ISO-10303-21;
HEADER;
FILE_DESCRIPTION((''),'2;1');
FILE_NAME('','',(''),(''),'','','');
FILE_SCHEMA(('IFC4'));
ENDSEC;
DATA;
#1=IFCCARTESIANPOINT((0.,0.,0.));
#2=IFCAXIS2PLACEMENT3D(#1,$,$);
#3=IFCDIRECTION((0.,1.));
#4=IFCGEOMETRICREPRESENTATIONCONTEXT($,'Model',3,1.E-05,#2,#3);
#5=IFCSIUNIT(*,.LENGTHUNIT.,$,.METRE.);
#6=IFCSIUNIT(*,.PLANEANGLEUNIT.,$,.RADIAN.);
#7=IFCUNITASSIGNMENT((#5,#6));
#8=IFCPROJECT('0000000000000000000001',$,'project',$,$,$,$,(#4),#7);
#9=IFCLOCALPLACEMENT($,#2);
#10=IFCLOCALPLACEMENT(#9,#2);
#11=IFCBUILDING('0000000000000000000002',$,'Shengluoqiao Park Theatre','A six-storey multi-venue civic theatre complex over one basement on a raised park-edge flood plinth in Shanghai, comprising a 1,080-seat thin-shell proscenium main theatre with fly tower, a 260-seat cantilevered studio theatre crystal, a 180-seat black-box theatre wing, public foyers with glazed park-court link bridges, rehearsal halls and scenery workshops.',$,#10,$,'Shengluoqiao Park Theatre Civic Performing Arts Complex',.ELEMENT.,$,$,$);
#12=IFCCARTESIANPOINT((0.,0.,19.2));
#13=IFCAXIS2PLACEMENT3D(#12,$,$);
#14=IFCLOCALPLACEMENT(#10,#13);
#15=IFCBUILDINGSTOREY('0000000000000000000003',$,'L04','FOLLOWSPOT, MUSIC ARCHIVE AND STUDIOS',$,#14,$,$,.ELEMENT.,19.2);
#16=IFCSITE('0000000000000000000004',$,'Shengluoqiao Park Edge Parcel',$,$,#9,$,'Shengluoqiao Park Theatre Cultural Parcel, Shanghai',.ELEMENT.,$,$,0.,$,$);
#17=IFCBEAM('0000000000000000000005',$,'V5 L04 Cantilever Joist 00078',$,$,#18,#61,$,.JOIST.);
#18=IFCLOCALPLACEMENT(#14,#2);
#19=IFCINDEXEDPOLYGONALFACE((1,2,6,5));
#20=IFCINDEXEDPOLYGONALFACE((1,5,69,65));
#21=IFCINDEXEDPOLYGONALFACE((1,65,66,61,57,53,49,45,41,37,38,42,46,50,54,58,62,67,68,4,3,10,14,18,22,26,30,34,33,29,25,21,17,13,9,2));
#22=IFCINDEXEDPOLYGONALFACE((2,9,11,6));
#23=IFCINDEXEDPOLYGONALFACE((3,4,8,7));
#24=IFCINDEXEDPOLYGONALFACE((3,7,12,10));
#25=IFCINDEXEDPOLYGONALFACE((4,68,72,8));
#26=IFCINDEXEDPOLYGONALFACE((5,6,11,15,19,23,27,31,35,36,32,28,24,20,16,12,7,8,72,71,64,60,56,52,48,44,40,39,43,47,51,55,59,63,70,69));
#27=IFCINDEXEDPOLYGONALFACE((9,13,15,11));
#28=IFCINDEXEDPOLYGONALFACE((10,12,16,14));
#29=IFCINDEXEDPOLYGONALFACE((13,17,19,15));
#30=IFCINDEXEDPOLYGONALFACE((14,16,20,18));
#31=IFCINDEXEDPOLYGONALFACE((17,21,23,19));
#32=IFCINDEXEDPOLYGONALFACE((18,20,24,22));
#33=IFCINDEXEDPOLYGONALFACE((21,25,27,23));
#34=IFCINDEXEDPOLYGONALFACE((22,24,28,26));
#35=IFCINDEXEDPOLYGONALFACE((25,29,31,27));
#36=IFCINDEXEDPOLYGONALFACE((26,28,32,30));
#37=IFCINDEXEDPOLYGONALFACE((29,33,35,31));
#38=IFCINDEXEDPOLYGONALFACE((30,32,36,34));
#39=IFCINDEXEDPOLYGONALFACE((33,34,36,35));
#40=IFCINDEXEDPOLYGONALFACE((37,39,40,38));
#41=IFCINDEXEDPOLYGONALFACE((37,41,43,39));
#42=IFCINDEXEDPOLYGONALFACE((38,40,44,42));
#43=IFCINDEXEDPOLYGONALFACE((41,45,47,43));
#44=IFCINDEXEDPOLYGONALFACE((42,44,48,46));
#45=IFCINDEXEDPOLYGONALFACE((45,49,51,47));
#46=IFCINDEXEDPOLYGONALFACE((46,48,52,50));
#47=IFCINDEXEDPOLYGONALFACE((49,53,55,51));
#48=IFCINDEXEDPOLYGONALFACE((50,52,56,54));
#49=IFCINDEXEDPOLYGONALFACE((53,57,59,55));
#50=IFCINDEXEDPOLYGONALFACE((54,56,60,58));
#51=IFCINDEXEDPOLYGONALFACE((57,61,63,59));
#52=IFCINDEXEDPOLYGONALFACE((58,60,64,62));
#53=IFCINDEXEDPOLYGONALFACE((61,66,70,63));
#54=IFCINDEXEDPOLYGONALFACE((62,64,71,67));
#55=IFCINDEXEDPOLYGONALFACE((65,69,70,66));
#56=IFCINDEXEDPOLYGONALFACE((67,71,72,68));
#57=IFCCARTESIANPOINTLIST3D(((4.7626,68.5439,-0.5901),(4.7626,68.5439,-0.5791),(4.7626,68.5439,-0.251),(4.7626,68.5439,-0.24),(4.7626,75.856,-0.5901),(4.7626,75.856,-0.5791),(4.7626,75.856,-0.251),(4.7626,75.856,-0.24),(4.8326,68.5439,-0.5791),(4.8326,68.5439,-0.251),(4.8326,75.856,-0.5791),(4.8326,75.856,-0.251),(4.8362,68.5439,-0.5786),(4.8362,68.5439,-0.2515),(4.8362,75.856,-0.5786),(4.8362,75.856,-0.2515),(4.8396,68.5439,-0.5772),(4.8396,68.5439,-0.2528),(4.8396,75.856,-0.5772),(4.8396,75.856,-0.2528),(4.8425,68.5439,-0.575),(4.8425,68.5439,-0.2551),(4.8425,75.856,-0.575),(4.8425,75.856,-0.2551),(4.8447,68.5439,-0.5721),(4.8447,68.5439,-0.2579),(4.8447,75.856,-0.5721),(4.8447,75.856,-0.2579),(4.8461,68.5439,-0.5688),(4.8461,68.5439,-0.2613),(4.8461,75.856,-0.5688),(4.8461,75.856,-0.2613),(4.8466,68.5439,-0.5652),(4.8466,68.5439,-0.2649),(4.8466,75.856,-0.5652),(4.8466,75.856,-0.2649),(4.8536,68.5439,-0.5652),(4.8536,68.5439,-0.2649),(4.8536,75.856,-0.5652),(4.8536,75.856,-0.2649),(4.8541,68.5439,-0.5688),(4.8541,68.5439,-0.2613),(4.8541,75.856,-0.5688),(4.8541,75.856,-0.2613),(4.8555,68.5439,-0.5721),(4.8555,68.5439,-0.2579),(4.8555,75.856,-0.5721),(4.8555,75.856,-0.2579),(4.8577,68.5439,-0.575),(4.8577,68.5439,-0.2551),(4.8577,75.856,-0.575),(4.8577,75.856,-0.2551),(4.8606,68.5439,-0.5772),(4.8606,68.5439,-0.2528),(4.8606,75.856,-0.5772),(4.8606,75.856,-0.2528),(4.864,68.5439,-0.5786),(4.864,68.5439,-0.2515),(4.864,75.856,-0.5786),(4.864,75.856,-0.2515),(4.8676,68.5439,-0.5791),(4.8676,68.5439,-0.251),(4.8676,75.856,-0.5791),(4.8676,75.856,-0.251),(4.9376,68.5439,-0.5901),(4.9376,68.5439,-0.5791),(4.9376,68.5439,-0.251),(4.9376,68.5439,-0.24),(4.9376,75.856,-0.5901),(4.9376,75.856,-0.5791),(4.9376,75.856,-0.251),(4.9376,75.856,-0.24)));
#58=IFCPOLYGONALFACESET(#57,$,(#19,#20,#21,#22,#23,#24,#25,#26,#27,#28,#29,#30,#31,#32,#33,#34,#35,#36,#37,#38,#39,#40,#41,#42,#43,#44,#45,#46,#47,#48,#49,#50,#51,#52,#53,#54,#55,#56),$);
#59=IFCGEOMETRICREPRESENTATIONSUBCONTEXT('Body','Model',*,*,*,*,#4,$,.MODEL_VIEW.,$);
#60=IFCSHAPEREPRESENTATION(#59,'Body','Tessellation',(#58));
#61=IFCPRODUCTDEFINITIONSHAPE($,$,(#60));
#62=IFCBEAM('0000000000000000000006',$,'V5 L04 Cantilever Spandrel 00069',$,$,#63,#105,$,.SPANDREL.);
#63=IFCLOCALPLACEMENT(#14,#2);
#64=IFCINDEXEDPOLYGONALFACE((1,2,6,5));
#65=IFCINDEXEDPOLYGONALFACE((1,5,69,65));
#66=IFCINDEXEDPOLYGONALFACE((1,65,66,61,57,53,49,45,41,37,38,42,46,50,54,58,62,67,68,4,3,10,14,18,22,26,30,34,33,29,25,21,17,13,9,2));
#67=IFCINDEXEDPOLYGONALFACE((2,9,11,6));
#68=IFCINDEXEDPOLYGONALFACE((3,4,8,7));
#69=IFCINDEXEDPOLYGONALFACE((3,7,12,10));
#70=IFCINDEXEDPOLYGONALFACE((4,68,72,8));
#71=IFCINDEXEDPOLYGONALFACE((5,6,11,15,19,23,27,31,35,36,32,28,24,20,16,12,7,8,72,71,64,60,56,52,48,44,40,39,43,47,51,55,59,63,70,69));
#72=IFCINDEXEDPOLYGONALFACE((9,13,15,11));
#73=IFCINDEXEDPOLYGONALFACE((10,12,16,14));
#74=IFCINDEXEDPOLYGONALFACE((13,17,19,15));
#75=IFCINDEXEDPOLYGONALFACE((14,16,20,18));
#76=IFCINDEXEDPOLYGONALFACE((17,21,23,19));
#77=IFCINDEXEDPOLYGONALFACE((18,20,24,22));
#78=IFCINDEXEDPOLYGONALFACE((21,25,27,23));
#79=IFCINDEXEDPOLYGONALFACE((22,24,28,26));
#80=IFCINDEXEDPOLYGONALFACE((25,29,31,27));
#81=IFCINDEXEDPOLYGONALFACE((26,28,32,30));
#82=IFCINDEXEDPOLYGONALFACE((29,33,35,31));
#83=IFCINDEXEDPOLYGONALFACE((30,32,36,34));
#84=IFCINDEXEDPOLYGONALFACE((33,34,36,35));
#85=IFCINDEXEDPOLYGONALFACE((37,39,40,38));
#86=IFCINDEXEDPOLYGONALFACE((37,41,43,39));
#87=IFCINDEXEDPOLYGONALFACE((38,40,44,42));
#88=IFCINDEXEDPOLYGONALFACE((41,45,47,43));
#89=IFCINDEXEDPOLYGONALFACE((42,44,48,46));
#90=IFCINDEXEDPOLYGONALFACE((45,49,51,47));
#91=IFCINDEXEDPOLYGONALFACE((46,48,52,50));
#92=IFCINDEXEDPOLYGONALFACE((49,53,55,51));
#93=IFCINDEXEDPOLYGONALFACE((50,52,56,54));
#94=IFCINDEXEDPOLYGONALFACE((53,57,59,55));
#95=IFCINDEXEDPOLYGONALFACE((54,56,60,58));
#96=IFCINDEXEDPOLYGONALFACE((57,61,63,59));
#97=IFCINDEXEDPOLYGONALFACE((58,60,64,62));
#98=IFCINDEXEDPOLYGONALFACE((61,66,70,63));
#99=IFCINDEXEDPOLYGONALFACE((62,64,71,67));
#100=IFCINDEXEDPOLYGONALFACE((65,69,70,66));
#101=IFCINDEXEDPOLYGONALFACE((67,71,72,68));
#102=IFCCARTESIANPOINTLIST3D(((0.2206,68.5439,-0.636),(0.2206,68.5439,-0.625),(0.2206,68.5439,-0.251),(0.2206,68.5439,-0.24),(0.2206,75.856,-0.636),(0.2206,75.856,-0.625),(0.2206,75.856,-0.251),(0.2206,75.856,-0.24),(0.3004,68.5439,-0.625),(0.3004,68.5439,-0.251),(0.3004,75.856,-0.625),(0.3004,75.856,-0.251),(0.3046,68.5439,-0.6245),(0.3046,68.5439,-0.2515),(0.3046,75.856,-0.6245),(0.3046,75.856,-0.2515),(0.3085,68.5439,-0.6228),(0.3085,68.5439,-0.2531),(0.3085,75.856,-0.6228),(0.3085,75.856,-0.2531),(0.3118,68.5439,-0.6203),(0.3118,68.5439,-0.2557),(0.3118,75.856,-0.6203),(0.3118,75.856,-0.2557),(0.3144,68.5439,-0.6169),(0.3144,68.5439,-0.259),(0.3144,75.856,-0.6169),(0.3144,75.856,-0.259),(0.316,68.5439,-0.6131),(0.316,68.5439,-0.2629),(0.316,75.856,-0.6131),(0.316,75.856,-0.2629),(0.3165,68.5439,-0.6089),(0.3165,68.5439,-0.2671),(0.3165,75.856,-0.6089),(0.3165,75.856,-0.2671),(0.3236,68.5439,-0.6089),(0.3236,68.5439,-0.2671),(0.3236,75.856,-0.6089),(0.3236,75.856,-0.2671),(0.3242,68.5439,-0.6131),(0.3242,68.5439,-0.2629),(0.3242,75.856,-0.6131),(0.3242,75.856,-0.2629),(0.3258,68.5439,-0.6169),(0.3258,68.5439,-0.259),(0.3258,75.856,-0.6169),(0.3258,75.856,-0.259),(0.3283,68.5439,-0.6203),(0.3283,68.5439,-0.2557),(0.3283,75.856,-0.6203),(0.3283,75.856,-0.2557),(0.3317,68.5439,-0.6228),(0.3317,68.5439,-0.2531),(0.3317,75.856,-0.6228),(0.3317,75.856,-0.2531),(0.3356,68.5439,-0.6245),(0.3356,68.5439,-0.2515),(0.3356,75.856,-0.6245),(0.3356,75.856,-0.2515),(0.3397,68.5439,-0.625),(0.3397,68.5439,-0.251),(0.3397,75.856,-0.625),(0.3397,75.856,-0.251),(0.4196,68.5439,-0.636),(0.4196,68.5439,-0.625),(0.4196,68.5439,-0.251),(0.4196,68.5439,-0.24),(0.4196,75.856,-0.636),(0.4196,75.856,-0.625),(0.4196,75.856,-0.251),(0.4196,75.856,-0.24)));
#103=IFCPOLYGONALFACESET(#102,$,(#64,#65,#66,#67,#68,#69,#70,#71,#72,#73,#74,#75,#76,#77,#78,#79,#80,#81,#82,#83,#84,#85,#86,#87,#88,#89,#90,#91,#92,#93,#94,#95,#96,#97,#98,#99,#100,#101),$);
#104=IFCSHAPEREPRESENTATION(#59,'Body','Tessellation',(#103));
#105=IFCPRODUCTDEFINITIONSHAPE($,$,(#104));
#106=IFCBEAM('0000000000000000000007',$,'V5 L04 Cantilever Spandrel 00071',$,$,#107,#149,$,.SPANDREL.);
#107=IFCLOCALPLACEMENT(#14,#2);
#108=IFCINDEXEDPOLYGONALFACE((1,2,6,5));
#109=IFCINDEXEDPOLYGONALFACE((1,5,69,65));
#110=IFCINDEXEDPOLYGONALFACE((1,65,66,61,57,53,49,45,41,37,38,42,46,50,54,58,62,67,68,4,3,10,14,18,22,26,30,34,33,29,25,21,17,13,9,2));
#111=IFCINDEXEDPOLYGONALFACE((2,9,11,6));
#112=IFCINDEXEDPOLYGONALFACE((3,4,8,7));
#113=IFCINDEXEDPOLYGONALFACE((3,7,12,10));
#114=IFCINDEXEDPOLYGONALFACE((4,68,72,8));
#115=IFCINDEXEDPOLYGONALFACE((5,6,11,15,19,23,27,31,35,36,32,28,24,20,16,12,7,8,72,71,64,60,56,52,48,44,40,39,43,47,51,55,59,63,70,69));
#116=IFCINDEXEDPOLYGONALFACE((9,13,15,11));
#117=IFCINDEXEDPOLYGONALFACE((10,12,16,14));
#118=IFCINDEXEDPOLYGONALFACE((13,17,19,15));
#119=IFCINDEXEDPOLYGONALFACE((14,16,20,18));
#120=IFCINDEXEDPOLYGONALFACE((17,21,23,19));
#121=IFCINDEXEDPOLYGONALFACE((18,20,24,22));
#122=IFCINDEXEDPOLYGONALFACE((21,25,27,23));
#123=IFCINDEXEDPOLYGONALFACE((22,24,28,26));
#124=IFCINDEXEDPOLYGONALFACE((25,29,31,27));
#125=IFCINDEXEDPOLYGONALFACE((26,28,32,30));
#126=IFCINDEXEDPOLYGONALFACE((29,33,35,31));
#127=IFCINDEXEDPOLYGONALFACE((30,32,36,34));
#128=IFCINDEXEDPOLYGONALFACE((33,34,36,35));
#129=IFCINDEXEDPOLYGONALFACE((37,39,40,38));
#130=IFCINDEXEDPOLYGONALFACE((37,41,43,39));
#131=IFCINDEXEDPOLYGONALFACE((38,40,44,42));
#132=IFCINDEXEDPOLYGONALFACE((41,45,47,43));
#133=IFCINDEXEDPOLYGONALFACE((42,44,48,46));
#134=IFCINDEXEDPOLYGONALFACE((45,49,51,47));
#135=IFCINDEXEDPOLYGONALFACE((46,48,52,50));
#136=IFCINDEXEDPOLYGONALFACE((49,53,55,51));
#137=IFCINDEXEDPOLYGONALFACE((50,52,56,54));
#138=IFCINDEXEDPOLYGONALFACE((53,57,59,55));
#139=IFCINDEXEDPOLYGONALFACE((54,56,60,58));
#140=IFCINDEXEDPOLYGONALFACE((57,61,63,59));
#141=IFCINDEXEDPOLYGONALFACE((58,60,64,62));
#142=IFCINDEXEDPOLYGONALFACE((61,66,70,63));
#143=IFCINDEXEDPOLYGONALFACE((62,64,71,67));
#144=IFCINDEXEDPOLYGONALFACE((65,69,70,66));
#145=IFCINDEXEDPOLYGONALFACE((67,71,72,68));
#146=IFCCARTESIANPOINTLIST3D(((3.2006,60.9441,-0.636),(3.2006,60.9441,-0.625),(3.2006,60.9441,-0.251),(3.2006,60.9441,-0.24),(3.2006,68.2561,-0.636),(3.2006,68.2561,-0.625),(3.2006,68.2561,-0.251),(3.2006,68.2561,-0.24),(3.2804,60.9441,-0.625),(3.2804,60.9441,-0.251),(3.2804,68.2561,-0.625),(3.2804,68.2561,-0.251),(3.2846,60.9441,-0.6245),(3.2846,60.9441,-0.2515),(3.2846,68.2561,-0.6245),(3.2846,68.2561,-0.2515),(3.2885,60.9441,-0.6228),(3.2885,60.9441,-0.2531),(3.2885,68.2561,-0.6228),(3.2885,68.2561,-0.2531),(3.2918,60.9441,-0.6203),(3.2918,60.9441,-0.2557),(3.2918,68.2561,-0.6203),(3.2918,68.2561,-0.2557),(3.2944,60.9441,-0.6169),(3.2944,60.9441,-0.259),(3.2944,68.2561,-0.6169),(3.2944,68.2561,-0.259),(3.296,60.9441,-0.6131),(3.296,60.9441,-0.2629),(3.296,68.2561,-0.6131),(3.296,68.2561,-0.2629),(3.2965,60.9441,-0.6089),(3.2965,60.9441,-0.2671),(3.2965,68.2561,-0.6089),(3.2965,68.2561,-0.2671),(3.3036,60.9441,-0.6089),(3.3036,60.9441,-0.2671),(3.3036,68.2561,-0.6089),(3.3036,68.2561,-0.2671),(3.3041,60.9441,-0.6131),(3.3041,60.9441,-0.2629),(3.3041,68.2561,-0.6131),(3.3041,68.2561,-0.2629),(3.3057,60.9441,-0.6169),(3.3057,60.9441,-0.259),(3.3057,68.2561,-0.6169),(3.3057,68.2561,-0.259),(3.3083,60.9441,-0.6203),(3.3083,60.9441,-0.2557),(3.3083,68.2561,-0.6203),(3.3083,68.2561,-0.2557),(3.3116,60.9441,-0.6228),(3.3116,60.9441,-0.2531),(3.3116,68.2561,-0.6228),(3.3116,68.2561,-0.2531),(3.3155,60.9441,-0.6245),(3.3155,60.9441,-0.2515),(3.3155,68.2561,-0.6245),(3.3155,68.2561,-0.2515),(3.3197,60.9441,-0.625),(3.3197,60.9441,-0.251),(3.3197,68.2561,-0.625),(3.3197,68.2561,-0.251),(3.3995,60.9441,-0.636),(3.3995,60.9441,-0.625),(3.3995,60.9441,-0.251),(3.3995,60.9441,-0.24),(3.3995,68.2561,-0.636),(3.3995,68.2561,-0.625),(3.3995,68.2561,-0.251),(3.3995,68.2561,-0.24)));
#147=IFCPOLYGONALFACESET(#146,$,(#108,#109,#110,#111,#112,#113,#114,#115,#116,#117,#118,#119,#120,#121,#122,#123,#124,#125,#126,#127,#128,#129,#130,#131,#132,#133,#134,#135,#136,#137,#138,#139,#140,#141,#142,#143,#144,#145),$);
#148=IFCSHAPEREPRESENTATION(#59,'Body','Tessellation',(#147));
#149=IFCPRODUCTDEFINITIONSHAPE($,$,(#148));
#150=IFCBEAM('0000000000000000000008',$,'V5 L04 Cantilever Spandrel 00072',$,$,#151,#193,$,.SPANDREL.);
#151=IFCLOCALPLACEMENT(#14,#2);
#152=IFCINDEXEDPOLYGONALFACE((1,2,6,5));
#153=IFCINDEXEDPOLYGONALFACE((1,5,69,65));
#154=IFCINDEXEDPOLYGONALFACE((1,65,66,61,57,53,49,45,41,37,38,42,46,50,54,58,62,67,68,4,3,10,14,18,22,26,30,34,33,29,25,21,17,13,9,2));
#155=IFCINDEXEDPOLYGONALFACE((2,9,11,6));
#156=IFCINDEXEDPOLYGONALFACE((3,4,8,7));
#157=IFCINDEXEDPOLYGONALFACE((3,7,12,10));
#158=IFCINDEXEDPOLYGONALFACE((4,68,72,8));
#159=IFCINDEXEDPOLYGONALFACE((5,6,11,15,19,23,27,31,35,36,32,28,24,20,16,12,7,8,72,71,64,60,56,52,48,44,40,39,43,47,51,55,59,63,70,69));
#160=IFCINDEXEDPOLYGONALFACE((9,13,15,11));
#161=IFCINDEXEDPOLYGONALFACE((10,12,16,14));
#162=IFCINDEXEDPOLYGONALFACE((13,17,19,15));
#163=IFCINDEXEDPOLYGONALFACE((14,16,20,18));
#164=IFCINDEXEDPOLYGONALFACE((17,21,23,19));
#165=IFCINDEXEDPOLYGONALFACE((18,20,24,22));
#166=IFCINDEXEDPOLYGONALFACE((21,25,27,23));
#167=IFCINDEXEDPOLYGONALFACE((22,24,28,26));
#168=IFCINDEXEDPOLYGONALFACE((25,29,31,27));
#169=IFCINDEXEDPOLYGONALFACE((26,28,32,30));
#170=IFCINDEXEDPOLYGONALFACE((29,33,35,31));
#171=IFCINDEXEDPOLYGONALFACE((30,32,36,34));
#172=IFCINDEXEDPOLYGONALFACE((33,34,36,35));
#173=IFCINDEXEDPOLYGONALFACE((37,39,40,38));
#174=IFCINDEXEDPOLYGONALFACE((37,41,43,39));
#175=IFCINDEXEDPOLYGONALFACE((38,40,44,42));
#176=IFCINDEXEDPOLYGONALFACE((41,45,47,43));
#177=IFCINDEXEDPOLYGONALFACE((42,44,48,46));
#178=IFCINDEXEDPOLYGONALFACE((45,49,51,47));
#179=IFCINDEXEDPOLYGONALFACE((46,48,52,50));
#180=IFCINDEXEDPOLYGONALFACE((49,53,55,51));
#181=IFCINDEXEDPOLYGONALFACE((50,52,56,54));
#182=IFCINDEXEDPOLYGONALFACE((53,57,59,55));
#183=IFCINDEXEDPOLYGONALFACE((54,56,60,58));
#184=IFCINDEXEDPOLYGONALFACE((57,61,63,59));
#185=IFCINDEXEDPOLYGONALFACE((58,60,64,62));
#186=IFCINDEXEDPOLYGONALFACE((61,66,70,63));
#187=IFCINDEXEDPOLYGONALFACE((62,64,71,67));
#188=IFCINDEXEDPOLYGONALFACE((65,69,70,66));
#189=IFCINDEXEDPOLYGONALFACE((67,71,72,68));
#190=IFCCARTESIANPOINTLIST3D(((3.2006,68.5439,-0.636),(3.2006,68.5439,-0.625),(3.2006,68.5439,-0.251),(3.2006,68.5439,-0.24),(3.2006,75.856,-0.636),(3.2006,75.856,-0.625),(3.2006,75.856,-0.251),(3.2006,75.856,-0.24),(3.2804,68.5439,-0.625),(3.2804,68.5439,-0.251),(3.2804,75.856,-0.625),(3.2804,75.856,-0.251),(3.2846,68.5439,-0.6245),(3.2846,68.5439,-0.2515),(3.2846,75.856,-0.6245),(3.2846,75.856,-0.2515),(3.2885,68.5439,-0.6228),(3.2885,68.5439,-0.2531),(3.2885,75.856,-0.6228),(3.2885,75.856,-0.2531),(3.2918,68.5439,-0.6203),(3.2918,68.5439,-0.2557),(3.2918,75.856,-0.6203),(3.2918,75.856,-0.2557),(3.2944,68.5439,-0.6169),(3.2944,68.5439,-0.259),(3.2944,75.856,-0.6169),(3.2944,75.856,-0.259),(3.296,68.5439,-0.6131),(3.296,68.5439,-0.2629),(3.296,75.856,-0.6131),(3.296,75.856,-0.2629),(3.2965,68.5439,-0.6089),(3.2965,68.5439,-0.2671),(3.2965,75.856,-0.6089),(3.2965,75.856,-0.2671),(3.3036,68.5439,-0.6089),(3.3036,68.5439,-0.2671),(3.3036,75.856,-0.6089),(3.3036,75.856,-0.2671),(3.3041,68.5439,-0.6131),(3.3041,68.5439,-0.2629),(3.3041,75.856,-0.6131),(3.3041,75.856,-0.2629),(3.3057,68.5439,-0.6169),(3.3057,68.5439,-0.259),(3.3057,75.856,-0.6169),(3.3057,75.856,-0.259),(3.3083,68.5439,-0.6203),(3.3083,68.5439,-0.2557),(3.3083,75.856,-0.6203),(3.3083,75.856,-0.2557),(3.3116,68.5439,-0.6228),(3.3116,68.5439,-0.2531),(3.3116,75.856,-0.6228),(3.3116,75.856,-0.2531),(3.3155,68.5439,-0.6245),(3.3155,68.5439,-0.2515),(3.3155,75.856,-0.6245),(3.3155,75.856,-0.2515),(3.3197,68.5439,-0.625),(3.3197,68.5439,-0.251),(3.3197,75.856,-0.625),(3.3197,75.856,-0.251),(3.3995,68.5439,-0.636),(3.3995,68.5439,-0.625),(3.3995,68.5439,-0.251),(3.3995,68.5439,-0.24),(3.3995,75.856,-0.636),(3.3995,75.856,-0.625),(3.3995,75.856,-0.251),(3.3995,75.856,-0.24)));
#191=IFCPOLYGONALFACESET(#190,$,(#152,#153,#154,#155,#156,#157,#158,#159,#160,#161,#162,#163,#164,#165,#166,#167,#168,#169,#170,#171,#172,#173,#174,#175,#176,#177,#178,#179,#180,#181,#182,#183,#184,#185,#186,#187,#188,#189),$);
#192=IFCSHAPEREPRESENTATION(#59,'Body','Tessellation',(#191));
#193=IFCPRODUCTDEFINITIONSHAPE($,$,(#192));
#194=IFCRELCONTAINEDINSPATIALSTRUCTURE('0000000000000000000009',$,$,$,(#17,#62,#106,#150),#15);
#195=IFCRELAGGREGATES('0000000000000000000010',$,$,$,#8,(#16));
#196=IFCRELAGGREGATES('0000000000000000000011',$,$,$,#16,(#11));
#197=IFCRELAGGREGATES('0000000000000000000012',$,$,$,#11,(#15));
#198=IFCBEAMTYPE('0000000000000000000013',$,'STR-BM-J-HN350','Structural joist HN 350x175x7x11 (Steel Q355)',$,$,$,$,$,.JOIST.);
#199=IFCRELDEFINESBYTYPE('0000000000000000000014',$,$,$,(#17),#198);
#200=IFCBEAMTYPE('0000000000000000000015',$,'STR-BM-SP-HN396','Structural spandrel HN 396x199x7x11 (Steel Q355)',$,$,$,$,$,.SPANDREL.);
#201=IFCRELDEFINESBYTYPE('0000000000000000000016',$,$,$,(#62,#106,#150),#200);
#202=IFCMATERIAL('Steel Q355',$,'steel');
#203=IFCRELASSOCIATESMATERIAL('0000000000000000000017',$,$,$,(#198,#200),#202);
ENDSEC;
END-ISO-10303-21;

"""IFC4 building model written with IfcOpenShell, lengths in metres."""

from ifc_helpers import new_model, si_unit, direction, frame, origin, origin_2d, place, context, subcontext, project, spatial, i_section, extrude, material, material_profile, profile_set, type_object, element, save


model = new_model("IFC4")

# Units and contexts
model_context = context("Model", 3, precision=1e-05, world=origin(), true_north=direction((0.0, 1.0)))
body_context = subcontext(model_context, "Body", "Model", "MODEL_VIEW")
ifc_project = project(units=[si_unit("LENGTHUNIT", "METRE"), si_unit("PLANEANGLEUNIT", "RADIAN")], contexts=[model_context])

# Site, building, storey
site_placement = place(None, origin())
site = spatial("IfcSite", under=ifc_project, at=site_placement, Name="Shengluoqiao Park Edge Parcel", LongName="Shengluoqiao Park Theatre Cultural Parcel, Shanghai", CompositionType="ELEMENT", RefElevation=0.0)
building_placement = place(site_placement, origin())
building = spatial("IfcBuilding", under=site, at=building_placement, Name="Shengluoqiao Park Theatre", Description="A six-storey multi-venue civic theatre complex over one basement on a raised park-edge flood plinth in Shanghai, comprising a 1,080-seat thin-shell proscenium main theatre with fly tower, a 260-seat cantilevered studio theatre crystal, a 180-seat black-box theatre wing, public foyers with glazed park-court link bridges, rehearsal halls and scenery workshops.", LongName="Shengluoqiao Park Theatre Civic Performing Arts Complex", CompositionType="ELEMENT")
storey_placement = place(building_placement, frame((0.0, 0.0, 19.2)))
storey = spatial("IfcBuildingStorey", under=building, at=storey_placement, Name="L04", Description="FOLLOWSPOT, MUSIC ARCHIVE AND STUDIOS", CompositionType="ELEMENT", Elevation=19.2)

# Beams
ifc_material_1 = material(Name="Steel Q355", Category="steel")
ifc_material_profile_1 = material_profile(ifc_material_1, i_section(OverallWidth=0.175, OverallDepth=0.3501, WebThickness=0.0071, FlangeThickness=0.011, FilletRadius=0.0139, at=origin_2d()), Name="HN 350x175x7x11")
ifc_profile_set_1 = profile_set([ifc_material_profile_1], Name="Steel Q355")
beam_type_1 = type_object("IfcBeamType", Name="STR-BM-J-HN350", Description="Structural joist HN 350x175x7x11 (Steel Q355)", PredefinedType="JOIST", material=ifc_profile_set_1)
for number, where, z_axis, x_axis, name in (
    (1, (4.8501, 68.5439, -0.415), (0.0, 1.0, 0.0), (-1.0, 0.0, 0.0), "V5 L04 Cantilever Joist 00078"),
):
    element("IfcBeam", number, at=place(storey_placement, frame(where, z_axis=z_axis, x_axis=x_axis)), inside=storey, type_object=beam_type_1, Name=name, PredefinedType="JOIST", context=body_context, shape_type="SweptSolid", body=[
        extrude(i_section(OverallWidth=0.175, OverallDepth=0.3501, WebThickness=0.0071, FlangeThickness=0.011, FilletRadius=0.0139, at=origin_2d()), origin(), (0.0, 0.0, 1.0), 7.312),
    ])
ifc_material_profile_2 = material_profile(ifc_material_1, i_section(OverallWidth=0.199, OverallDepth=0.396, WebThickness=0.0071, FlangeThickness=0.011, FilletRadius=0.0161, at=origin_2d()), Name="HN 396x199x7x11")
ifc_profile_set_2 = profile_set([ifc_material_profile_2], Name="Steel Q355")
beam_type_2 = type_object("IfcBeamType", Name="STR-BM-SP-HN396", Description="Structural spandrel HN 396x199x7x11 (Steel Q355)", PredefinedType="SPANDREL", material=ifc_profile_set_2)
for number, where, z_axis, x_axis, name in (
    (2, (0.3201, 68.5439, -0.438), (0.0, 1.0, 0.0), (-1.0, 0.0, 0.0), "V5 L04 Cantilever Spandrel 00069"),
    (3, (3.3, 60.9441, -0.438), (0.0, 1.0, 0.0), (-1.0, 0.0, 0.0), "V5 L04 Cantilever Spandrel 00071"),
    (4, (3.3, 68.5439, -0.438), (0.0, 1.0, 0.0), (-1.0, 0.0, 0.0), "V5 L04 Cantilever Spandrel 00072"),
):
    element("IfcBeam", number, at=place(storey_placement, frame(where, z_axis=z_axis, x_axis=x_axis)), inside=storey, type_object=beam_type_2, Name=name, PredefinedType="SPANDREL", context=body_context, shape_type="SweptSolid", body=[
        extrude(i_section(OverallWidth=0.199, OverallDepth=0.396, WebThickness=0.0071, FlangeThickness=0.011, FilletRadius=0.0161, at=origin_2d()), origin(), (0.0, 0.0, 1.0), 7.312),
    ])

save(model, "model.ifc")
